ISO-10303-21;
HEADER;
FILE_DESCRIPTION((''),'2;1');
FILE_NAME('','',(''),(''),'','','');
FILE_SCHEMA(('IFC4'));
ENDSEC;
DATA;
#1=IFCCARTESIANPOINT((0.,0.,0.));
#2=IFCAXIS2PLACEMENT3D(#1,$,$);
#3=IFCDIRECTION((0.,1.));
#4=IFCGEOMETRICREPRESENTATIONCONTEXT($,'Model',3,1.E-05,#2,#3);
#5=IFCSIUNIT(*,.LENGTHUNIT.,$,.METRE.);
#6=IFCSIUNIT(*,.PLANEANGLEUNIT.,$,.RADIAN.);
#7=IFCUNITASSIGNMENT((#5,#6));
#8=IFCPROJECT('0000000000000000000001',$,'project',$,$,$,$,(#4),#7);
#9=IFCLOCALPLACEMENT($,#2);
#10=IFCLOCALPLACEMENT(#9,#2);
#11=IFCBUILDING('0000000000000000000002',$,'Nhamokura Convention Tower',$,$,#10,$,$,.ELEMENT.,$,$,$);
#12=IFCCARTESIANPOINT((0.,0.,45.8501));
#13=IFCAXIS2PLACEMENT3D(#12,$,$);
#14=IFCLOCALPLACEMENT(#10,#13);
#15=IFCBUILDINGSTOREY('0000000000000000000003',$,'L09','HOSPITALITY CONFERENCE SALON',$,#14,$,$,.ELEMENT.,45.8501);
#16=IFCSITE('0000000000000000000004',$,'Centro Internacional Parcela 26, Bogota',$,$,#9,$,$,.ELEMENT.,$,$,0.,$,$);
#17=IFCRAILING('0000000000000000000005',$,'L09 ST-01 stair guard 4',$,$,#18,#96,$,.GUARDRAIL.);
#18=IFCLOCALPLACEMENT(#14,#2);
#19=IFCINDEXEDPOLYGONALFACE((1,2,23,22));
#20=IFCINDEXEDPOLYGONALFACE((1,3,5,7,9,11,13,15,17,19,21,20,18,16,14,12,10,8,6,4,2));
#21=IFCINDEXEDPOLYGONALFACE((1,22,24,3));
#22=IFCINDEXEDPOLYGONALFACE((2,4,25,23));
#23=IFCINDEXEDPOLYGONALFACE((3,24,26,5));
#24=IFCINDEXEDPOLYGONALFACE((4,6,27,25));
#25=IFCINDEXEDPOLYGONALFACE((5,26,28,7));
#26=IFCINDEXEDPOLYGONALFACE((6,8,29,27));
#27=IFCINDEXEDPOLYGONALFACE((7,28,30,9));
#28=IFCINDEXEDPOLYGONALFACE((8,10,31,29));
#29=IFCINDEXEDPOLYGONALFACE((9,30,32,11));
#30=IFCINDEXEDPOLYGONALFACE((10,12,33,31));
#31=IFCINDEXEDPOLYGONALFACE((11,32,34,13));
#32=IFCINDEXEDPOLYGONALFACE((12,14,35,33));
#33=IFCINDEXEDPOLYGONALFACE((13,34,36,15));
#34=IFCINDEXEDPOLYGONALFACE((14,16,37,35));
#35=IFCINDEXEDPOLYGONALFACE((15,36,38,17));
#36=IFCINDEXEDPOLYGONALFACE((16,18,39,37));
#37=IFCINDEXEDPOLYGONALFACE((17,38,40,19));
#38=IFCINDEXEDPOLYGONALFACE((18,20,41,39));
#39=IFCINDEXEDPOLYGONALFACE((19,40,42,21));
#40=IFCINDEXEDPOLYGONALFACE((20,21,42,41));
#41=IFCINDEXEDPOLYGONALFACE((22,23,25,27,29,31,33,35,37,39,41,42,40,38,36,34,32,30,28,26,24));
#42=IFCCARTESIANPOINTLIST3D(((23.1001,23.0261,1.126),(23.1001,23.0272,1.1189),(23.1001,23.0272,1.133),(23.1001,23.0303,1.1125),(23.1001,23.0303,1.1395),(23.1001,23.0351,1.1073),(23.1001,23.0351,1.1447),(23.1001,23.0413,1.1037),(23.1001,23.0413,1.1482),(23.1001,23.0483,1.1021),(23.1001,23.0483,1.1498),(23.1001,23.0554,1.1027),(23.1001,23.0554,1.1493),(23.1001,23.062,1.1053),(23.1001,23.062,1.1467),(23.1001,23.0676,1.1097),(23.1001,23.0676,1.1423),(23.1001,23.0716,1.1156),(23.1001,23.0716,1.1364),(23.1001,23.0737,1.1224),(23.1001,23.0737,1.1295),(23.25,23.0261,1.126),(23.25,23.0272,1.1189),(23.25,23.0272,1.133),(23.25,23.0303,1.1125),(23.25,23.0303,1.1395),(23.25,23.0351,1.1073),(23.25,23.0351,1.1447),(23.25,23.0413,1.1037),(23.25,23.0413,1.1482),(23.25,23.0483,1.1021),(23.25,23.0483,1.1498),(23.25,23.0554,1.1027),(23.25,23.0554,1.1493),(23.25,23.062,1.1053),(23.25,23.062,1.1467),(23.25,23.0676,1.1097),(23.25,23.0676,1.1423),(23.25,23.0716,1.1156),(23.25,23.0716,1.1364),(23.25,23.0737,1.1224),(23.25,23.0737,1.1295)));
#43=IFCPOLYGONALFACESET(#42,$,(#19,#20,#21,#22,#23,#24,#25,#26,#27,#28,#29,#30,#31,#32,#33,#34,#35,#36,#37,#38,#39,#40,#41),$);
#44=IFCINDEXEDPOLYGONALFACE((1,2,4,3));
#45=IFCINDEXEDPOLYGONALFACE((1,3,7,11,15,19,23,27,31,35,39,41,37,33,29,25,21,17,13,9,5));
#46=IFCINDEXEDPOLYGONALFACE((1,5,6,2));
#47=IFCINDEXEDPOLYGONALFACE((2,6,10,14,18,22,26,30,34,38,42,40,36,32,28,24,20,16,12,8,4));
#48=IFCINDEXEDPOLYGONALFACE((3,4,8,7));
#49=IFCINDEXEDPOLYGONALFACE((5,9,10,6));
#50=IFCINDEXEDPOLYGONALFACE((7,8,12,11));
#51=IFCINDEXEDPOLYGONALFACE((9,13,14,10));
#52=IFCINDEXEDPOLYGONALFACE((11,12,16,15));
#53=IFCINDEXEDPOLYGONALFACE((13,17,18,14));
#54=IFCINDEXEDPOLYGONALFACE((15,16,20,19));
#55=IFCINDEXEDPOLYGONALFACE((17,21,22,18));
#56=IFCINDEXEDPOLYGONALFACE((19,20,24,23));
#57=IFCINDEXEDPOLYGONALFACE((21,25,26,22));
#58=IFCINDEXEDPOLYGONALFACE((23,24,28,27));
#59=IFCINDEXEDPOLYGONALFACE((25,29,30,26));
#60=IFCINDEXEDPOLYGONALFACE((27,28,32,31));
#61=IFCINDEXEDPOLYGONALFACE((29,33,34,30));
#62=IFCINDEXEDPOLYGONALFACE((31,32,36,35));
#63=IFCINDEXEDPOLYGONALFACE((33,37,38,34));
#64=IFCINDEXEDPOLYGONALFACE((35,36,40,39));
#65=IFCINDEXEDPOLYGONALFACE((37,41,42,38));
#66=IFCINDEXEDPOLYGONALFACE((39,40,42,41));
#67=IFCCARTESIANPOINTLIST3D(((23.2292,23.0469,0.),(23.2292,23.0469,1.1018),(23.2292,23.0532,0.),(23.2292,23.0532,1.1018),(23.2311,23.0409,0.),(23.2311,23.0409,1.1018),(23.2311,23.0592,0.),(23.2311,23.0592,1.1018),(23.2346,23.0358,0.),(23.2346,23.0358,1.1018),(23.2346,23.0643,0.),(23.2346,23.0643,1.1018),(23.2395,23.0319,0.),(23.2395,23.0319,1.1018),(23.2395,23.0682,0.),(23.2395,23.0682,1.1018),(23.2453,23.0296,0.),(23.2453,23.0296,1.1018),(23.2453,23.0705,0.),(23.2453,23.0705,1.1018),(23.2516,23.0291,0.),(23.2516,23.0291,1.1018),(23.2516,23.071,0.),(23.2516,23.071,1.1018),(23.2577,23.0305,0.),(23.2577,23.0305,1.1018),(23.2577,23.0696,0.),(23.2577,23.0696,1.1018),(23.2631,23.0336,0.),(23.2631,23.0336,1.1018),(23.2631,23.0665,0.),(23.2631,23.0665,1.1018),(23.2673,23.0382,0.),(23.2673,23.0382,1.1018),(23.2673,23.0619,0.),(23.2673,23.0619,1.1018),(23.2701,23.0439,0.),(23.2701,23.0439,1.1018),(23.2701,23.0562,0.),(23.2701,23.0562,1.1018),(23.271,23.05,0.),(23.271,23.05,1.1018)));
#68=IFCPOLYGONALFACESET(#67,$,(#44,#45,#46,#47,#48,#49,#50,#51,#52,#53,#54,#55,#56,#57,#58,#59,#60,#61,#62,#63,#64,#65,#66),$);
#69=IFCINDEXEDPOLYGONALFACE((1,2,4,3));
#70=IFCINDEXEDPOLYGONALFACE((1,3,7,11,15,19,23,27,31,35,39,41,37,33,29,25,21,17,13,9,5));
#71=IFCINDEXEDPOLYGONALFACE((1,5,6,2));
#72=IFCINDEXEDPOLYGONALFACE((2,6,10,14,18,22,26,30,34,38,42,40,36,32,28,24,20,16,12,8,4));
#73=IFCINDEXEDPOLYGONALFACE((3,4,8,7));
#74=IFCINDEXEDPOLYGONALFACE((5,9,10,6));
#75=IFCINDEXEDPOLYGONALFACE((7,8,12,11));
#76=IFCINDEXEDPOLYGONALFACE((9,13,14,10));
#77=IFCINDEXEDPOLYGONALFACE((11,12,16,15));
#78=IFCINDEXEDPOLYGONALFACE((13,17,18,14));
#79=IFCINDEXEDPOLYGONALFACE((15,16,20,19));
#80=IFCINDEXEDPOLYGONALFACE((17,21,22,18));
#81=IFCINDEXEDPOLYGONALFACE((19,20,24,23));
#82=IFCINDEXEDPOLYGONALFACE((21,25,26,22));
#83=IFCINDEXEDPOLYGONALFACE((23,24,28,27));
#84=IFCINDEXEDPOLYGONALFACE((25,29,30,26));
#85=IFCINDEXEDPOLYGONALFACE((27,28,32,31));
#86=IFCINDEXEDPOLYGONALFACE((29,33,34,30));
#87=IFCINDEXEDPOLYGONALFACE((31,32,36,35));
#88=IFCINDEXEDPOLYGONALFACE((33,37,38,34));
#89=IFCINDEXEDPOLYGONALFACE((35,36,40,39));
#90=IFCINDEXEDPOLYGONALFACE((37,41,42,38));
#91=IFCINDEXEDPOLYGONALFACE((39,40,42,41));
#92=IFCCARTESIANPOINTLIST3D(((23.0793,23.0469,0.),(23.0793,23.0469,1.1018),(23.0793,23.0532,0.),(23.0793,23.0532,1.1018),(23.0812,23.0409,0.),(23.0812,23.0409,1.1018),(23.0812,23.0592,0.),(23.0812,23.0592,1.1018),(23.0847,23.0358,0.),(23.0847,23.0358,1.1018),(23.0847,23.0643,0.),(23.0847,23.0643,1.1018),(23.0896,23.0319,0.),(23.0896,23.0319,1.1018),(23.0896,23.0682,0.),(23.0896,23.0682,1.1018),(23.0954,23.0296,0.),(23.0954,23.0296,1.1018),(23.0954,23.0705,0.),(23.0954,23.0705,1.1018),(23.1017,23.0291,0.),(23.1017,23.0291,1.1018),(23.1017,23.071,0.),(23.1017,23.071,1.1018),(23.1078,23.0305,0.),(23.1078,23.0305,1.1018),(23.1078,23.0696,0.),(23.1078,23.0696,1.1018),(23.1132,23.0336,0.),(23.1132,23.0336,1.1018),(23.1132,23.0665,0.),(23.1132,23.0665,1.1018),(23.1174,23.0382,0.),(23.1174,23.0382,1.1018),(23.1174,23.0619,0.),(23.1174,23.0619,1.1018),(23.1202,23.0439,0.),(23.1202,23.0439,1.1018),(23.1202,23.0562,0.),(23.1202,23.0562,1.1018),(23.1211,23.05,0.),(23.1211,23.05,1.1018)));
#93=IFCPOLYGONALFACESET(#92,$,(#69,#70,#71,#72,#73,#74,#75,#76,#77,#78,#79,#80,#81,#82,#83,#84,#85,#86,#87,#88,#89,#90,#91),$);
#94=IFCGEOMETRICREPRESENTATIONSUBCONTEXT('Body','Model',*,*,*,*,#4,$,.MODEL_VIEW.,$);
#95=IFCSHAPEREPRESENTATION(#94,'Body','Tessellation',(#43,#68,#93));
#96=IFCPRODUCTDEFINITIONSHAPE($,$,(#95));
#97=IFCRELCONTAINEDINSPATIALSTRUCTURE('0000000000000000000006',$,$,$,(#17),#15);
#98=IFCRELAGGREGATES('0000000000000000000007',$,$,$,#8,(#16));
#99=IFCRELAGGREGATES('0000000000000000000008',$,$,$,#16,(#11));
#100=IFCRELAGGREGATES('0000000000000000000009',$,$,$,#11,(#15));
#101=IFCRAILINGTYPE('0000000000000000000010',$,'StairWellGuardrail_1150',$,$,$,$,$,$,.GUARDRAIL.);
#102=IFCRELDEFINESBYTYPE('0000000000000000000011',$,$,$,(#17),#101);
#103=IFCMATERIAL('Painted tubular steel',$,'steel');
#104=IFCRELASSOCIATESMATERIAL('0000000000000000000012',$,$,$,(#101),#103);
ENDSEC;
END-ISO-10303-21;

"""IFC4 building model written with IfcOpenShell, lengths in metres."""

from ifc_helpers import new_model, si_unit, direction, frame, origin, origin_2d, place, context, subcontext, project, spatial, circle, extrude, material, type_object, element, save


model = new_model("IFC4")

# Units and contexts
model_context = context("Model", 3, precision=1e-05, world=origin(), true_north=direction((0.0, 1.0)))
body_context = subcontext(model_context, "Body", "Model", "MODEL_VIEW")
ifc_project = project(units=[si_unit("LENGTHUNIT", "METRE"), si_unit("PLANEANGLEUNIT", "RADIAN")], contexts=[model_context])

# Site, building, storey
site_placement = place(None, origin())
site = spatial("IfcSite", under=ifc_project, at=site_placement, Name="Centro Internacional Parcela 26, Bogota", CompositionType="ELEMENT", RefElevation=0.0)
building_placement = place(site_placement, origin())
building = spatial("IfcBuilding", under=site, at=building_placement, Name="Nhamokura Convention Tower", CompositionType="ELEMENT")
storey_placement = place(building_placement, frame((0.0, 0.0, 45.8501)))
storey = spatial("IfcBuildingStorey", under=building, at=storey_placement, Name="L09", Description="HOSPITALITY CONFERENCE SALON", CompositionType="ELEMENT", Elevation=45.8501)

# Railing
ifc_material_1 = material(Name="Painted tubular steel", Category="steel")
railing_type_1 = type_object("IfcRailingType", Name="StairWellGuardrail_1150", PredefinedType="GUARDRAIL", material=ifc_material_1)
railing_1_placement = place(storey_placement, frame((23.25, 23.05, 0.0)))
element("IfcRailing", 1, at=railing_1_placement, inside=storey, type_object=railing_type_1, Name="L09 ST-01 stair guard 4", PredefinedType="GUARDRAIL", context=body_context, shape_type="SweptSolid", body=[
    extrude(circle(Radius=0.0239, at=origin_2d()), frame((0.0, 0.0, 1.126), z_axis=(-1.0, 0.0, 0.0), x_axis=(0.0, -1.0, 0.0)), (0.0, 0.0, 1.0), 0.1499),
    extrude(circle(Radius=0.021, at=origin_2d()), origin(), (0.0, 0.0, 1.0), 1.1018),
    extrude(circle(Radius=0.021, at=origin_2d()), frame((-0.1499, 0.0, 0.0)), (0.0, 0.0, 1.0), 1.1018),
])

save(model, "model.ifc")
